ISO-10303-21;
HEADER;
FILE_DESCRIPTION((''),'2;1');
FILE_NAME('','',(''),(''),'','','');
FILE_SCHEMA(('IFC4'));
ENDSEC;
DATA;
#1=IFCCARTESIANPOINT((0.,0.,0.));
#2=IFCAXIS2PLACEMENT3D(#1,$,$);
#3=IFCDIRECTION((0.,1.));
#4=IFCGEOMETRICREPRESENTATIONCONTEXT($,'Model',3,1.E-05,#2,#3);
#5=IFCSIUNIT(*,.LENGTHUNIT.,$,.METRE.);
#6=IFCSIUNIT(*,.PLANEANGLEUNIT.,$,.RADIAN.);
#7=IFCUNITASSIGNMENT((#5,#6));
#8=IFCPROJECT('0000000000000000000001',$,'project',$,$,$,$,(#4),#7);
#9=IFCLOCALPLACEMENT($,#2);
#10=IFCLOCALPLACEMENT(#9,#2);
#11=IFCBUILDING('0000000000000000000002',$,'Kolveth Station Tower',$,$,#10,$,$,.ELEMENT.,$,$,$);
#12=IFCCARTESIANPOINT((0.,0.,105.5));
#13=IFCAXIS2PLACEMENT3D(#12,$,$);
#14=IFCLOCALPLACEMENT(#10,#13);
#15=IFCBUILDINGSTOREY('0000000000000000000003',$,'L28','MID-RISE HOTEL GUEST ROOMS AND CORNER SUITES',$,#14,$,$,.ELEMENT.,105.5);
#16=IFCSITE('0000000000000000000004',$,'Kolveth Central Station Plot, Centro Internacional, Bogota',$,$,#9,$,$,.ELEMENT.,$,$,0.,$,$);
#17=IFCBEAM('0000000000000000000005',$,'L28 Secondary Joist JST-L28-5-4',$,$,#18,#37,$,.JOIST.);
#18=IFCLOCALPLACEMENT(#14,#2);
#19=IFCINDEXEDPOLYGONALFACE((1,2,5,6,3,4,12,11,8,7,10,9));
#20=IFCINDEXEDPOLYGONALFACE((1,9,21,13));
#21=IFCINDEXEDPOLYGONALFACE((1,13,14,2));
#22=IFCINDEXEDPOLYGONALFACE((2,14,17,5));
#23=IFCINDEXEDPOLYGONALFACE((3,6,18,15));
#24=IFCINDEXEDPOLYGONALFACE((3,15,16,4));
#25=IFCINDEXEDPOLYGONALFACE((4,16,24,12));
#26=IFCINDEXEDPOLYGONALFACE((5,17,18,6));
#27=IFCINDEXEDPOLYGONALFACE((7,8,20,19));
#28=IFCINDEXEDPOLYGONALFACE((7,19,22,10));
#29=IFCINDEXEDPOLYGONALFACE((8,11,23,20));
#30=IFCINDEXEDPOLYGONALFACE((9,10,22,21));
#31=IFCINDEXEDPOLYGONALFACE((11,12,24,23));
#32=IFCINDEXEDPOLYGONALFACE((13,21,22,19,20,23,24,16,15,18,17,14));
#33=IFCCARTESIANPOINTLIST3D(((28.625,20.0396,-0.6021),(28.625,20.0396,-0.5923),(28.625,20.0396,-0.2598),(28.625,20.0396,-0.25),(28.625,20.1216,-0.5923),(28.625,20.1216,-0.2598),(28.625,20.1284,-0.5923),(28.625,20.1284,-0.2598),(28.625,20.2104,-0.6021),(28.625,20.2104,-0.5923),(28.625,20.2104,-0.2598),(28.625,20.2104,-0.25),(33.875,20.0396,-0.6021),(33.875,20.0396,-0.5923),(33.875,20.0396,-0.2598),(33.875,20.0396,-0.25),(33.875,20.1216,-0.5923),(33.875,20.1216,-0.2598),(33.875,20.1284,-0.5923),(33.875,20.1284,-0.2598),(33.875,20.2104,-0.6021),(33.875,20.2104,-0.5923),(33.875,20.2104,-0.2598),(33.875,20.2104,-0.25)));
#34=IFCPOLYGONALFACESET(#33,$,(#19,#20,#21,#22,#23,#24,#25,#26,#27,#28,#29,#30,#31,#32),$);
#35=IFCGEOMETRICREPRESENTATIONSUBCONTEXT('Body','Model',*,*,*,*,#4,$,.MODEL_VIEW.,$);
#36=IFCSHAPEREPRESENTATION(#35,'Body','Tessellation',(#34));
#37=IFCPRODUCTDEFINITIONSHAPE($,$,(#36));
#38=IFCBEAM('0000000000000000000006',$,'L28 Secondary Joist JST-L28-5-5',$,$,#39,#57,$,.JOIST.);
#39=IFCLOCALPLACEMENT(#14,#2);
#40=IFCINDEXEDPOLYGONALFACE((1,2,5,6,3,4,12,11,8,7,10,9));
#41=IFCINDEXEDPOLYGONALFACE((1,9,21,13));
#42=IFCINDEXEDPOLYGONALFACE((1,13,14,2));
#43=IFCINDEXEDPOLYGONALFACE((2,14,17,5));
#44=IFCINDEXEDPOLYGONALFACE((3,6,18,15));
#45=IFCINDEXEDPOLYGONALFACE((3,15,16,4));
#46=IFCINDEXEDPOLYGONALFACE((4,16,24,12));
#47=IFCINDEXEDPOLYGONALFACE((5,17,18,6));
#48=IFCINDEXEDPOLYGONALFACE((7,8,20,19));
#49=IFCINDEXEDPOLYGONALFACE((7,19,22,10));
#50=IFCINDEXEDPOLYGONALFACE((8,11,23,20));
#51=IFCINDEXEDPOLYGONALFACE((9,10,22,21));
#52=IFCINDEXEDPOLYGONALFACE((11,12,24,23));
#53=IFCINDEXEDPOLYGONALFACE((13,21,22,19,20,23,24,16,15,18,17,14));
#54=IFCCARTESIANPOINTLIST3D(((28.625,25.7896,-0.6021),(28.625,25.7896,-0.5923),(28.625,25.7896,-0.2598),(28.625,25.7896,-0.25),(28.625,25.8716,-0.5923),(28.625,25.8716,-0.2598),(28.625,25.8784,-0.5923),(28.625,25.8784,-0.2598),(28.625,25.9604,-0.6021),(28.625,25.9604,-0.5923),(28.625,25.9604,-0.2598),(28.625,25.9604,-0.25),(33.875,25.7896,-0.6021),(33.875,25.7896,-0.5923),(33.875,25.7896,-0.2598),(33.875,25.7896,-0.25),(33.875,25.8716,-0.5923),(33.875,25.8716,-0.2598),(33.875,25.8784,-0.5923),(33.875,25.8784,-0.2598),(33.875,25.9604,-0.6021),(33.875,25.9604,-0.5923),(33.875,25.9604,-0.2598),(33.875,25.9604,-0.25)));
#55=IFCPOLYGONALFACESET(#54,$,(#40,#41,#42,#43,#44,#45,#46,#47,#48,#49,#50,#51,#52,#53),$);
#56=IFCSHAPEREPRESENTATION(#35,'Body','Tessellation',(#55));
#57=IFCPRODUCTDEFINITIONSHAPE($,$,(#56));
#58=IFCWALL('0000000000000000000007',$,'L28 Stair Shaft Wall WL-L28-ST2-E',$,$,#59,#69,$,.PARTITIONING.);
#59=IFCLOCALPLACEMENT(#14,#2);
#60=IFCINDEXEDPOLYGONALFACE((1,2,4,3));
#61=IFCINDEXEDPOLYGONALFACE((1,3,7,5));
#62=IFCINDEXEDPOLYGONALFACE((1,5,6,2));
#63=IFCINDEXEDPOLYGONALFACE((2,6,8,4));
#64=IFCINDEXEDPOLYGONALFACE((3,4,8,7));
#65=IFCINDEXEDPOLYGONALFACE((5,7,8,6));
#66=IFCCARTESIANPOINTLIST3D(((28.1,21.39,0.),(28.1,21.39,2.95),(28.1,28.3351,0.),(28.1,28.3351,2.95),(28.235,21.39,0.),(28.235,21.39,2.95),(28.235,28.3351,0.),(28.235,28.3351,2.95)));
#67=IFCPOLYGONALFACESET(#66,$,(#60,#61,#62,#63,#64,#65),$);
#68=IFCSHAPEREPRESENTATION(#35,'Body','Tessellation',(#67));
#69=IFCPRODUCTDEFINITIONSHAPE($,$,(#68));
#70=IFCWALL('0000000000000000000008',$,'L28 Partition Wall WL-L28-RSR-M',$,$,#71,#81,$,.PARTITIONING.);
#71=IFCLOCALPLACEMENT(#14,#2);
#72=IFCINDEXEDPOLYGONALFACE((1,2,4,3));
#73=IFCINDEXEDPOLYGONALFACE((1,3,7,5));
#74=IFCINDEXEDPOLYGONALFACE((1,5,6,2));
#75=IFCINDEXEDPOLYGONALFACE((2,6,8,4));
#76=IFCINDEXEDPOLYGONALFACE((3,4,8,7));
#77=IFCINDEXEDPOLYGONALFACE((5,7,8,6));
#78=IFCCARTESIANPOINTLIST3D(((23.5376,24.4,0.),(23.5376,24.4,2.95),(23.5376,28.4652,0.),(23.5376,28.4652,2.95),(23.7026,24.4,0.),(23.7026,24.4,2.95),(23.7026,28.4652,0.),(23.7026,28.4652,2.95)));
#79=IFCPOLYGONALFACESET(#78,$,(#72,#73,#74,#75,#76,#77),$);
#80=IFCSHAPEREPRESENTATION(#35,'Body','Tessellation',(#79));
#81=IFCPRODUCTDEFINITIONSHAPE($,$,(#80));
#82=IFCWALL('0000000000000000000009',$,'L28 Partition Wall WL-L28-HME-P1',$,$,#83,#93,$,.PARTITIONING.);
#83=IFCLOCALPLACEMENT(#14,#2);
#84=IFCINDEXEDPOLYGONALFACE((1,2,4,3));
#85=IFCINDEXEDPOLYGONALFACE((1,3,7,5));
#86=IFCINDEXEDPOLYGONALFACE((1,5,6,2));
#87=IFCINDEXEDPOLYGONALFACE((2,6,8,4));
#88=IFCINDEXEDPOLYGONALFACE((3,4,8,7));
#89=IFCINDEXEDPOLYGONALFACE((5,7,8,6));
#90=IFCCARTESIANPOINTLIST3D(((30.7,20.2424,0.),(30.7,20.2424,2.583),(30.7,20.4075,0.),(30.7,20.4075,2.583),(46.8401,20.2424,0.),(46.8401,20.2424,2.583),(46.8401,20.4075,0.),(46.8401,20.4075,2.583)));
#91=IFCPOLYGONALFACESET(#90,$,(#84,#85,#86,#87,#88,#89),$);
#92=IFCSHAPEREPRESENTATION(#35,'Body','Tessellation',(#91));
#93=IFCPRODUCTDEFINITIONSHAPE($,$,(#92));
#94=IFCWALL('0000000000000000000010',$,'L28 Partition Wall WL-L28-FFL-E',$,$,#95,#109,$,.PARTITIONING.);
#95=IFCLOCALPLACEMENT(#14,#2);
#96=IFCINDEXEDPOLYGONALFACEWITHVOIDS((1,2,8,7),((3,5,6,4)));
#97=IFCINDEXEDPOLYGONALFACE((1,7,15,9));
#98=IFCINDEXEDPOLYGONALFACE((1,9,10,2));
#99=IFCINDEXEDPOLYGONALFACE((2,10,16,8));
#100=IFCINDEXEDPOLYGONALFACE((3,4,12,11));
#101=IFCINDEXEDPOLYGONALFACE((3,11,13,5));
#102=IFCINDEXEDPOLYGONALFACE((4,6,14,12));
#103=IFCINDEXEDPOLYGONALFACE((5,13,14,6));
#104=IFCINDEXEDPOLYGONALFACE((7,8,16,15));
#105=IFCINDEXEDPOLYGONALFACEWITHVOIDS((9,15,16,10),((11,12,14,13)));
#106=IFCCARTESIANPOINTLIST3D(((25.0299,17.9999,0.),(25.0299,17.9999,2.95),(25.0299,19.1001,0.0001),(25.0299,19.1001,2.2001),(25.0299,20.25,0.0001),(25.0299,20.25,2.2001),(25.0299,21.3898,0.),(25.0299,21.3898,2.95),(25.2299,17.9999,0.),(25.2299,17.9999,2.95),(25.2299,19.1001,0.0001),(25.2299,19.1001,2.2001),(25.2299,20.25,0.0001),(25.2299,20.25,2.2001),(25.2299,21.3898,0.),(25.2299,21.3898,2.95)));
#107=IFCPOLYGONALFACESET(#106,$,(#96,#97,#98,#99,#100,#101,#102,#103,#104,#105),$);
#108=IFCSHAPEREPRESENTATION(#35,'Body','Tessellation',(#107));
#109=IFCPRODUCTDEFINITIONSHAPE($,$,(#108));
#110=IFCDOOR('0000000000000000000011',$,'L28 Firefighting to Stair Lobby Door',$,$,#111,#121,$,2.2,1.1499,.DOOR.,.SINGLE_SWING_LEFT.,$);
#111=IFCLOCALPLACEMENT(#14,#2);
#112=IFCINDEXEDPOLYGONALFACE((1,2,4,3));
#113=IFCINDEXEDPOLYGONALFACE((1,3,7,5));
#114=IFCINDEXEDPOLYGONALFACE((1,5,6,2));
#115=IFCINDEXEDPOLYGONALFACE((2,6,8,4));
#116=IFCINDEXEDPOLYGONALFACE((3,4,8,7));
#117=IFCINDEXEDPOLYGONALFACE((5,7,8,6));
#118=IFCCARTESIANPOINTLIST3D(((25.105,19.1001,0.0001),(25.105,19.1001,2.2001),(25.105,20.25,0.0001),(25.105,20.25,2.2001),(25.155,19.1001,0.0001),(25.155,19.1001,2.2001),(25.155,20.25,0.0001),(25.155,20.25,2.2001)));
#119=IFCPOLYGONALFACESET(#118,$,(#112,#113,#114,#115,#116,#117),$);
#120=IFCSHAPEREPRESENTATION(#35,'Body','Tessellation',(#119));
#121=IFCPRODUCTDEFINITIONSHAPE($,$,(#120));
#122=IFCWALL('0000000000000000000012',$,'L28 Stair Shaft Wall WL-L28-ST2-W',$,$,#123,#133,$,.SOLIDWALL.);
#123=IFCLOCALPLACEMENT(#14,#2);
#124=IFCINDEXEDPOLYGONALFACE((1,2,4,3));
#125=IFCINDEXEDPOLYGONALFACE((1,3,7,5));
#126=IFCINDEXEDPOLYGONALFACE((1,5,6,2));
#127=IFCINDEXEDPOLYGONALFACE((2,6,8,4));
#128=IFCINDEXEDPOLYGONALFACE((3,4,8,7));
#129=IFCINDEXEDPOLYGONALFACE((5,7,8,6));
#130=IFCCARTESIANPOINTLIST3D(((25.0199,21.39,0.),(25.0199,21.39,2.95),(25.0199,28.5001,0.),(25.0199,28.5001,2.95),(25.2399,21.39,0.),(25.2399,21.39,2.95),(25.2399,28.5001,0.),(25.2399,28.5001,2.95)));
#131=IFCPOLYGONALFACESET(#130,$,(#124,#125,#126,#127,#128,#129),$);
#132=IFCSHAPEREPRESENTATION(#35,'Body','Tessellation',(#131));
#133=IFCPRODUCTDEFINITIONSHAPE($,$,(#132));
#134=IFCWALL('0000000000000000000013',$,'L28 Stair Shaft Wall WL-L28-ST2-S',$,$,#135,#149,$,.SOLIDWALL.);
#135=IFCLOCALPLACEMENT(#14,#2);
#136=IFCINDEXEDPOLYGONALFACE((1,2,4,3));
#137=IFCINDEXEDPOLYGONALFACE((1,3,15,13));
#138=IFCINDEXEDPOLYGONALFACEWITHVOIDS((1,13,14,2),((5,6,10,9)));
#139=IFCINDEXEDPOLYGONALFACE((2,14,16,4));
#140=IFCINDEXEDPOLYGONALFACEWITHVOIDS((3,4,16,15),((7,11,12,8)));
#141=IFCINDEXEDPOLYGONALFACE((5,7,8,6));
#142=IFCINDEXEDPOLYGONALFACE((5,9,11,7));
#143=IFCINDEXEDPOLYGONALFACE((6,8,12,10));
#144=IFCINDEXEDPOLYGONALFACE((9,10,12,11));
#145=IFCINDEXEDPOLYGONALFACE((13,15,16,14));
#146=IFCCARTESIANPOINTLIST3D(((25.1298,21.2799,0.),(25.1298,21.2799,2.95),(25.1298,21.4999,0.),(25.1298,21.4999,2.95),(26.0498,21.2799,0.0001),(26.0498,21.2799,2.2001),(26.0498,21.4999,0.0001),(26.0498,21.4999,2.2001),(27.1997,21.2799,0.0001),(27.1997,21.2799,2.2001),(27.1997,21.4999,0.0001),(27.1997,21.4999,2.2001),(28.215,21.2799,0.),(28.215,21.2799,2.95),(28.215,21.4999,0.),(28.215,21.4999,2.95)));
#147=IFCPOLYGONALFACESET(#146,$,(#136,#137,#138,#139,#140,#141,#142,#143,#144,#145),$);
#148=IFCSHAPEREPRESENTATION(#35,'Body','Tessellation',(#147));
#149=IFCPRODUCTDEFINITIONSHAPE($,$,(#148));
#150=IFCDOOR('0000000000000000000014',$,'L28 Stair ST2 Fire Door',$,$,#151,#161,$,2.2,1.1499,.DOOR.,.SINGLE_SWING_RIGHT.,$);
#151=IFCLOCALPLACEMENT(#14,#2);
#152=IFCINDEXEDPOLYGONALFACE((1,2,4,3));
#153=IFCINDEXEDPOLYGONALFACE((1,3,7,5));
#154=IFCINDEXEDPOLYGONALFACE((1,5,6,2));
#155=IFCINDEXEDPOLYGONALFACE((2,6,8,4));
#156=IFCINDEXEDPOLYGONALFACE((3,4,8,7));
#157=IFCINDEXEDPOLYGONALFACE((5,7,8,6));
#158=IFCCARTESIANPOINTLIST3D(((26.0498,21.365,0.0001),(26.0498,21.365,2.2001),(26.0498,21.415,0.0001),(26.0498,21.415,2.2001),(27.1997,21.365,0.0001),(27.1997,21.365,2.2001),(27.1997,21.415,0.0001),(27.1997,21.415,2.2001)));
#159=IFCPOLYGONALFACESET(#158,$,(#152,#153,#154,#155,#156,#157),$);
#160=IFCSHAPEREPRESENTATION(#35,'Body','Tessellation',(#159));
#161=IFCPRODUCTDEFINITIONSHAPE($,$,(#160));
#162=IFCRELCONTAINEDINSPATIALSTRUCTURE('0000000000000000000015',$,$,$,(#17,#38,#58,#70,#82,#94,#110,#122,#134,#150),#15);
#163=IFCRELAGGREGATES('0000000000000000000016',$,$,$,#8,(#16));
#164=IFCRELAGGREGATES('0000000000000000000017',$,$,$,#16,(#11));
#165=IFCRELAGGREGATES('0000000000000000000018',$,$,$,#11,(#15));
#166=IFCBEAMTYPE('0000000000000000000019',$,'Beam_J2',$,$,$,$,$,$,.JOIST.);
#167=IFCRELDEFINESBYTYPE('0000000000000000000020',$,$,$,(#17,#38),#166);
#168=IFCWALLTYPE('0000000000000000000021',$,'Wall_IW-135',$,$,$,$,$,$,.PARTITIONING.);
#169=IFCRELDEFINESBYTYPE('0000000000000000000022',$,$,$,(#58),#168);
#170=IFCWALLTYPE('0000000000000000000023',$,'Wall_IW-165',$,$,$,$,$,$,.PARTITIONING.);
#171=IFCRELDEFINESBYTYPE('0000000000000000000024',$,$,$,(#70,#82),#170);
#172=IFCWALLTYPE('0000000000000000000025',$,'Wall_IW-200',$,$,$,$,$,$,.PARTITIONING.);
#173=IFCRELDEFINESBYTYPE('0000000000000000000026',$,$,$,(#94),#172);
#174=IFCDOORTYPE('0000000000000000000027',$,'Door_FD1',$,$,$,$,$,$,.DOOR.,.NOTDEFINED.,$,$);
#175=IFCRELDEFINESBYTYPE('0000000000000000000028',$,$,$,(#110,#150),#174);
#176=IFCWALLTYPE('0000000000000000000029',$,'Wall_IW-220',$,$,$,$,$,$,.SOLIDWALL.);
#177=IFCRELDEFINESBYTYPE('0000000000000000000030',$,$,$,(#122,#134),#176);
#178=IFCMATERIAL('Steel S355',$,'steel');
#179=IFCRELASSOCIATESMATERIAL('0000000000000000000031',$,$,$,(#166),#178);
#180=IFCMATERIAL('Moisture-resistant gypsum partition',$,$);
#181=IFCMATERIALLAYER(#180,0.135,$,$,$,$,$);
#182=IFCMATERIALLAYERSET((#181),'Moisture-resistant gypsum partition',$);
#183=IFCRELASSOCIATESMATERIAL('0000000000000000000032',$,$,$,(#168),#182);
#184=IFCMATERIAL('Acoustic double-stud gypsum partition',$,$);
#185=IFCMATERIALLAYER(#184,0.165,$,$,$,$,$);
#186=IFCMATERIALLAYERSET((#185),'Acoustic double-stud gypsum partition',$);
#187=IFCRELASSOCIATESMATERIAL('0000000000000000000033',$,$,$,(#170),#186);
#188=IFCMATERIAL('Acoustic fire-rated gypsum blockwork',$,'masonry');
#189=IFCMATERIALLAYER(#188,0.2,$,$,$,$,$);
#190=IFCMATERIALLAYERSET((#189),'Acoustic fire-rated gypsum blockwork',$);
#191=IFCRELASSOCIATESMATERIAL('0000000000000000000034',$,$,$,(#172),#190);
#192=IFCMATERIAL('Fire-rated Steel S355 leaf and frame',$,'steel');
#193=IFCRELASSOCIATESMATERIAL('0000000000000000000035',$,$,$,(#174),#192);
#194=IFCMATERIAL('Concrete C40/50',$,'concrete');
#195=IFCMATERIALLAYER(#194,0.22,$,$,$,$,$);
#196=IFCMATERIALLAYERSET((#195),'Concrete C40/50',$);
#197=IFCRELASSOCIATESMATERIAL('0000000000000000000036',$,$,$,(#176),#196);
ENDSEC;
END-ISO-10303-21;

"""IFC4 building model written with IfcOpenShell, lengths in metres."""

from ifc_helpers import new_model, si_unit, direction, frame, frame_2d, origin, origin_2d, place, context, subcontext, project, spatial, rectangle, i_section, extrude, source, transform, mapped, material, layer, layer_set, material_profile, profile_set, type_object, element, fill, save


model = new_model("IFC4")

# Units and contexts
model_context = context("Model", 3, precision=1e-05, world=origin(), true_north=direction((0.0, 1.0)))
body_context = subcontext(model_context, "Body", "Model", "MODEL_VIEW")
ifc_project = project(units=[si_unit("LENGTHUNIT", "METRE"), si_unit("PLANEANGLEUNIT", "RADIAN")], contexts=[model_context])

# Site, building, storey
site_placement = place(None, origin())
site = spatial("IfcSite", under=ifc_project, at=site_placement, Name="Kolveth Central Station Plot, Centro Internacional, Bogota", CompositionType="ELEMENT", RefElevation=0.0)
building_placement = place(site_placement, origin())
building = spatial("IfcBuilding", under=site, at=building_placement, Name="Kolveth Station Tower", CompositionType="ELEMENT")
storey_placement = place(building_placement, frame((0.0, 0.0, 105.5)))
storey = spatial("IfcBuildingStorey", under=building, at=storey_placement, Name="L28", Description="MID-RISE HOTEL GUEST ROOMS AND CORNER SUITES", CompositionType="ELEMENT", Elevation=105.5)

# Shared definitions
ifc_material_1 = material(Name="Steel S355", Category="steel")

# Beams
ifc_material_profile_1 = material_profile(ifc_material_1, i_section(OverallWidth=0.1709, OverallDepth=0.3521, WebThickness=0.0068, FlangeThickness=0.0098, at=origin_2d()), Name="W360x44")
ifc_profile_set_1 = profile_set([ifc_material_profile_1], Name="Steel S355")
beam_type_1 = type_object("IfcBeamType", Name="Beam_J2", PredefinedType="JOIST", material=ifc_profile_set_1)
shared_shape_1 = source(origin(), body_context, "Body", "SweptSolid", [
    extrude(i_section(OverallWidth=0.1709, OverallDepth=0.3521, WebThickness=0.0068, FlangeThickness=0.0098, at=origin_2d()), origin(), (0.0, 0.0, 1.0), 5.25),
])
for number, where, z_axis, x_axis, name in (
    (1, (28.625, 20.125, -0.426), (1.0, 0.0, 0.0), (0.0, 1.0, 0.0), "L28 Secondary Joist JST-L28-5-4"),
    (2, (28.625, 25.875, -0.426), (1.0, 0.0, 0.0), (0.0, 1.0, 0.0), "L28 Secondary Joist JST-L28-5-5"),
):
    element("IfcBeam", number, at=place(storey_placement, frame(where, z_axis=z_axis, x_axis=x_axis)), inside=storey, type_object=beam_type_1, Name=name, PredefinedType="JOIST", context=body_context, shape_type="MappedRepresentation", body=[
        mapped(shared_shape_1, transform((0.0, 0.0, 0.0), x_axis=(1.0, 0.0, 0.0), y_axis=(0.0, 1.0, 0.0), z_axis=(0.0, 0.0, 1.0), scale=1.0)),
    ])

# Walls
ifc_material_2 = material(Name="Moisture-resistant gypsum partition")
ifc_layer_1 = layer(ifc_material_2, 0.135)
ifc_layer_set_1 = layer_set([ifc_layer_1], Name="Moisture-resistant gypsum partition")
wall_type_1 = type_object("IfcWallType", Name="Wall_IW-135", PredefinedType="PARTITIONING", material=ifc_layer_set_1)
wall_1_placement = place(storey_placement, frame((28.1675, 21.3899, 0.0), z_axis=(0.0, 0.0, 1.0), x_axis=(0.0, 1.0, 0.0)))
element("IfcWall", 3, at=wall_1_placement, inside=storey, type_object=wall_type_1, Name="L28 Stair Shaft Wall WL-L28-ST2-E", PredefinedType="PARTITIONING", context=body_context, shape_type="SweptSolid", body=[
    extrude(rectangle(XDim=6.9451, YDim=0.135, at=frame_2d((3.4727, 0.0))), origin(), (0.0, 0.0, 1.0), 2.95),
])
ifc_material_3 = material(Name="Acoustic double-stud gypsum partition")
ifc_layer_2 = layer(ifc_material_3, 0.165)
ifc_layer_set_2 = layer_set([ifc_layer_2], Name="Acoustic double-stud gypsum partition")
wall_type_2 = type_object("IfcWallType", Name="Wall_IW-165", PredefinedType="PARTITIONING", material=ifc_layer_set_2)
wall_2_placement = place(storey_placement, frame((23.6201, 24.3999, 0.0), z_axis=(0.0, 0.0, 1.0), x_axis=(0.0, 1.0, 0.0)))
element("IfcWall", 4, at=wall_2_placement, inside=storey, type_object=wall_type_2, Name="L28 Partition Wall WL-L28-RSR-M", PredefinedType="PARTITIONING", context=body_context, shape_type="SweptSolid", body=[
    extrude(rectangle(XDim=4.0652, YDim=0.165, at=frame_2d((2.0327, 0.0))), origin(), (0.0, 0.0, 1.0), 2.95),
])
wall_3_placement = place(storey_placement, frame((30.7, 20.325, 0.0), z_axis=(0.0, 0.0, 1.0), x_axis=(1.0, 0.0, 0.0)))
element("IfcWall", 5, at=wall_3_placement, inside=storey, type_object=wall_type_2, Name="L28 Partition Wall WL-L28-HME-P1", PredefinedType="PARTITIONING", context=body_context, shape_type="SweptSolid", body=[
    extrude(rectangle(XDim=16.1401, YDim=0.165, at=frame_2d((8.0701, 0.0))), origin(), (0.0, 0.0, 1.0), 2.583),
])

# Wall, opening, door
ifc_material_4 = material(Name="Acoustic fire-rated gypsum blockwork", Category="masonry")
ifc_layer_3 = layer(ifc_material_4, 0.2)
ifc_layer_set_3 = layer_set([ifc_layer_3], Name="Acoustic fire-rated gypsum blockwork")
wall_type_3 = type_object("IfcWallType", Name="Wall_IW-200", PredefinedType="PARTITIONING", material=ifc_layer_set_3)
wall_4_placement = place(storey_placement, frame((25.1299, 18.0, 0.0), z_axis=(0.0, 0.0, 1.0), x_axis=(0.0, 1.0, 0.0)))
wall_4 = element("IfcWall", 6, at=wall_4_placement, inside=storey, type_object=wall_type_3, Name="L28 Partition Wall WL-L28-FFL-E", PredefinedType="PARTITIONING", context=body_context, shape_type="SweptSolid", body=[
    extrude(rectangle(XDim=3.3899, YDim=0.2, at=frame_2d((1.6948, 0.0))), origin(), (0.0, 0.0, 1.0), 2.95),
])
opening_1_placement = place(wall_4_placement, frame((1.1001, 0.0, 0.0)))
opening_1 = element("IfcOpeningElement", 7, at=opening_1_placement, cuts=wall_4, PredefinedType="OPENING", context=body_context, shape_type="SweptSolid", body=[
    extrude(rectangle(XDim=1.1499, YDim=2.2, at=frame_2d((0.575, 1.1001))), frame((0.0, 0.1099, 0.0), z_axis=(0.0, -1.0, 0.0), x_axis=(1.0, 0.0, 0.0)), (0.0, 0.0, 1.0), 0.22),
])
ifc_material_5 = material(Name="Fire-rated Steel S355 leaf and frame", Category="steel")
door_type = type_object("IfcDoorType", Name="Door_FD1", OperationType="NOTDEFINED", PredefinedType="DOOR", material=ifc_material_5)
door_1_placement = place(opening_1_placement, origin())
door_1 = element("IfcDoor", 8, at=door_1_placement, inside=storey, type_object=door_type, Name="L28 Firefighting to Stair Lobby Door", OperationType="SINGLE_SWING_LEFT", OverallHeight=2.2, OverallWidth=1.1499, PredefinedType="DOOR", context=body_context, shape_type="SweptSolid", body=[
    extrude(rectangle(XDim=1.1499, YDim=2.2, at=frame_2d((0.575, 1.1001))), frame((0.0, 0.0249, 0.0), z_axis=(0.0, -1.0, 0.0), x_axis=(1.0, 0.0, 0.0)), (0.0, 0.0, 1.0), 0.05),
])
fill(opening_1, door_1)

# Wall
ifc_material_6 = material(Name="Concrete C40/50", Category="concrete")
ifc_layer_4 = layer(ifc_material_6, 0.22)
ifc_layer_set_4 = layer_set([ifc_layer_4], Name="Concrete C40/50")
wall_type_4 = type_object("IfcWallType", Name="Wall_IW-220", PredefinedType="SOLIDWALL", material=ifc_layer_set_4)
wall_5_placement = place(storey_placement, frame((25.1299, 21.3899, 0.0), z_axis=(0.0, 0.0, 1.0), x_axis=(0.0, 1.0, 0.0)))
element("IfcWall", 9, at=wall_5_placement, inside=storey, type_object=wall_type_4, Name="L28 Stair Shaft Wall WL-L28-ST2-W", PredefinedType="SOLIDWALL", context=body_context, shape_type="SweptSolid", body=[
    extrude(rectangle(XDim=7.1101, YDim=0.22, at=frame_2d((3.5552, 0.0))), origin(), (0.0, 0.0, 1.0), 2.95),
])

# Wall, opening, door
wall_6_placement = place(storey_placement, frame((25.1299, 21.3899, 0.0), z_axis=(0.0, 0.0, 1.0), x_axis=(1.0, 0.0, 0.0)))
wall_6 = element("IfcWall", 10, at=wall_6_placement, inside=storey, type_object=wall_type_4, Name="L28 Stair Shaft Wall WL-L28-ST2-S", PredefinedType="SOLIDWALL", context=body_context, shape_type="SweptSolid", body=[
    extrude(rectangle(XDim=3.0852, YDim=0.22, at=frame_2d((1.5425, 0.0))), origin(), (0.0, 0.0, 1.0), 2.95),
])
opening_2_placement = place(wall_6_placement, frame((0.9199, 0.0, 0.0)))
opening_2 = element("IfcOpeningElement", 11, at=opening_2_placement, cuts=wall_6, PredefinedType="OPENING", context=body_context, shape_type="SweptSolid", body=[
    extrude(rectangle(XDim=1.1499, YDim=2.2, at=frame_2d((0.575, 1.1001))), frame((0.0, 0.1199, 0.0), z_axis=(0.0, -1.0, 0.0), x_axis=(1.0, 0.0, 0.0)), (0.0, 0.0, 1.0), 0.24),
])
door_2_placement = place(opening_2_placement, frame((1.1499, 0.0, 0.0), z_axis=(0.0, 0.0, 1.0), x_axis=(-1.0, 0.0, 0.0)))
door_2 = element("IfcDoor", 12, at=door_2_placement, inside=storey, type_object=door_type, Name="L28 Stair ST2 Fire Door", OperationType="SINGLE_SWING_RIGHT", OverallHeight=2.2, OverallWidth=1.1499, PredefinedType="DOOR", context=body_context, shape_type="SweptSolid", body=[
    extrude(rectangle(XDim=1.1499, YDim=2.2, at=frame_2d((0.575, 1.1001))), frame((0.0, 0.0249, 0.0), z_axis=(0.0, -1.0, 0.0), x_axis=(1.0, 0.0, 0.0)), (0.0, 0.0, 1.0), 0.05),
])
fill(opening_2, door_2)

save(model, "model.ifc")
